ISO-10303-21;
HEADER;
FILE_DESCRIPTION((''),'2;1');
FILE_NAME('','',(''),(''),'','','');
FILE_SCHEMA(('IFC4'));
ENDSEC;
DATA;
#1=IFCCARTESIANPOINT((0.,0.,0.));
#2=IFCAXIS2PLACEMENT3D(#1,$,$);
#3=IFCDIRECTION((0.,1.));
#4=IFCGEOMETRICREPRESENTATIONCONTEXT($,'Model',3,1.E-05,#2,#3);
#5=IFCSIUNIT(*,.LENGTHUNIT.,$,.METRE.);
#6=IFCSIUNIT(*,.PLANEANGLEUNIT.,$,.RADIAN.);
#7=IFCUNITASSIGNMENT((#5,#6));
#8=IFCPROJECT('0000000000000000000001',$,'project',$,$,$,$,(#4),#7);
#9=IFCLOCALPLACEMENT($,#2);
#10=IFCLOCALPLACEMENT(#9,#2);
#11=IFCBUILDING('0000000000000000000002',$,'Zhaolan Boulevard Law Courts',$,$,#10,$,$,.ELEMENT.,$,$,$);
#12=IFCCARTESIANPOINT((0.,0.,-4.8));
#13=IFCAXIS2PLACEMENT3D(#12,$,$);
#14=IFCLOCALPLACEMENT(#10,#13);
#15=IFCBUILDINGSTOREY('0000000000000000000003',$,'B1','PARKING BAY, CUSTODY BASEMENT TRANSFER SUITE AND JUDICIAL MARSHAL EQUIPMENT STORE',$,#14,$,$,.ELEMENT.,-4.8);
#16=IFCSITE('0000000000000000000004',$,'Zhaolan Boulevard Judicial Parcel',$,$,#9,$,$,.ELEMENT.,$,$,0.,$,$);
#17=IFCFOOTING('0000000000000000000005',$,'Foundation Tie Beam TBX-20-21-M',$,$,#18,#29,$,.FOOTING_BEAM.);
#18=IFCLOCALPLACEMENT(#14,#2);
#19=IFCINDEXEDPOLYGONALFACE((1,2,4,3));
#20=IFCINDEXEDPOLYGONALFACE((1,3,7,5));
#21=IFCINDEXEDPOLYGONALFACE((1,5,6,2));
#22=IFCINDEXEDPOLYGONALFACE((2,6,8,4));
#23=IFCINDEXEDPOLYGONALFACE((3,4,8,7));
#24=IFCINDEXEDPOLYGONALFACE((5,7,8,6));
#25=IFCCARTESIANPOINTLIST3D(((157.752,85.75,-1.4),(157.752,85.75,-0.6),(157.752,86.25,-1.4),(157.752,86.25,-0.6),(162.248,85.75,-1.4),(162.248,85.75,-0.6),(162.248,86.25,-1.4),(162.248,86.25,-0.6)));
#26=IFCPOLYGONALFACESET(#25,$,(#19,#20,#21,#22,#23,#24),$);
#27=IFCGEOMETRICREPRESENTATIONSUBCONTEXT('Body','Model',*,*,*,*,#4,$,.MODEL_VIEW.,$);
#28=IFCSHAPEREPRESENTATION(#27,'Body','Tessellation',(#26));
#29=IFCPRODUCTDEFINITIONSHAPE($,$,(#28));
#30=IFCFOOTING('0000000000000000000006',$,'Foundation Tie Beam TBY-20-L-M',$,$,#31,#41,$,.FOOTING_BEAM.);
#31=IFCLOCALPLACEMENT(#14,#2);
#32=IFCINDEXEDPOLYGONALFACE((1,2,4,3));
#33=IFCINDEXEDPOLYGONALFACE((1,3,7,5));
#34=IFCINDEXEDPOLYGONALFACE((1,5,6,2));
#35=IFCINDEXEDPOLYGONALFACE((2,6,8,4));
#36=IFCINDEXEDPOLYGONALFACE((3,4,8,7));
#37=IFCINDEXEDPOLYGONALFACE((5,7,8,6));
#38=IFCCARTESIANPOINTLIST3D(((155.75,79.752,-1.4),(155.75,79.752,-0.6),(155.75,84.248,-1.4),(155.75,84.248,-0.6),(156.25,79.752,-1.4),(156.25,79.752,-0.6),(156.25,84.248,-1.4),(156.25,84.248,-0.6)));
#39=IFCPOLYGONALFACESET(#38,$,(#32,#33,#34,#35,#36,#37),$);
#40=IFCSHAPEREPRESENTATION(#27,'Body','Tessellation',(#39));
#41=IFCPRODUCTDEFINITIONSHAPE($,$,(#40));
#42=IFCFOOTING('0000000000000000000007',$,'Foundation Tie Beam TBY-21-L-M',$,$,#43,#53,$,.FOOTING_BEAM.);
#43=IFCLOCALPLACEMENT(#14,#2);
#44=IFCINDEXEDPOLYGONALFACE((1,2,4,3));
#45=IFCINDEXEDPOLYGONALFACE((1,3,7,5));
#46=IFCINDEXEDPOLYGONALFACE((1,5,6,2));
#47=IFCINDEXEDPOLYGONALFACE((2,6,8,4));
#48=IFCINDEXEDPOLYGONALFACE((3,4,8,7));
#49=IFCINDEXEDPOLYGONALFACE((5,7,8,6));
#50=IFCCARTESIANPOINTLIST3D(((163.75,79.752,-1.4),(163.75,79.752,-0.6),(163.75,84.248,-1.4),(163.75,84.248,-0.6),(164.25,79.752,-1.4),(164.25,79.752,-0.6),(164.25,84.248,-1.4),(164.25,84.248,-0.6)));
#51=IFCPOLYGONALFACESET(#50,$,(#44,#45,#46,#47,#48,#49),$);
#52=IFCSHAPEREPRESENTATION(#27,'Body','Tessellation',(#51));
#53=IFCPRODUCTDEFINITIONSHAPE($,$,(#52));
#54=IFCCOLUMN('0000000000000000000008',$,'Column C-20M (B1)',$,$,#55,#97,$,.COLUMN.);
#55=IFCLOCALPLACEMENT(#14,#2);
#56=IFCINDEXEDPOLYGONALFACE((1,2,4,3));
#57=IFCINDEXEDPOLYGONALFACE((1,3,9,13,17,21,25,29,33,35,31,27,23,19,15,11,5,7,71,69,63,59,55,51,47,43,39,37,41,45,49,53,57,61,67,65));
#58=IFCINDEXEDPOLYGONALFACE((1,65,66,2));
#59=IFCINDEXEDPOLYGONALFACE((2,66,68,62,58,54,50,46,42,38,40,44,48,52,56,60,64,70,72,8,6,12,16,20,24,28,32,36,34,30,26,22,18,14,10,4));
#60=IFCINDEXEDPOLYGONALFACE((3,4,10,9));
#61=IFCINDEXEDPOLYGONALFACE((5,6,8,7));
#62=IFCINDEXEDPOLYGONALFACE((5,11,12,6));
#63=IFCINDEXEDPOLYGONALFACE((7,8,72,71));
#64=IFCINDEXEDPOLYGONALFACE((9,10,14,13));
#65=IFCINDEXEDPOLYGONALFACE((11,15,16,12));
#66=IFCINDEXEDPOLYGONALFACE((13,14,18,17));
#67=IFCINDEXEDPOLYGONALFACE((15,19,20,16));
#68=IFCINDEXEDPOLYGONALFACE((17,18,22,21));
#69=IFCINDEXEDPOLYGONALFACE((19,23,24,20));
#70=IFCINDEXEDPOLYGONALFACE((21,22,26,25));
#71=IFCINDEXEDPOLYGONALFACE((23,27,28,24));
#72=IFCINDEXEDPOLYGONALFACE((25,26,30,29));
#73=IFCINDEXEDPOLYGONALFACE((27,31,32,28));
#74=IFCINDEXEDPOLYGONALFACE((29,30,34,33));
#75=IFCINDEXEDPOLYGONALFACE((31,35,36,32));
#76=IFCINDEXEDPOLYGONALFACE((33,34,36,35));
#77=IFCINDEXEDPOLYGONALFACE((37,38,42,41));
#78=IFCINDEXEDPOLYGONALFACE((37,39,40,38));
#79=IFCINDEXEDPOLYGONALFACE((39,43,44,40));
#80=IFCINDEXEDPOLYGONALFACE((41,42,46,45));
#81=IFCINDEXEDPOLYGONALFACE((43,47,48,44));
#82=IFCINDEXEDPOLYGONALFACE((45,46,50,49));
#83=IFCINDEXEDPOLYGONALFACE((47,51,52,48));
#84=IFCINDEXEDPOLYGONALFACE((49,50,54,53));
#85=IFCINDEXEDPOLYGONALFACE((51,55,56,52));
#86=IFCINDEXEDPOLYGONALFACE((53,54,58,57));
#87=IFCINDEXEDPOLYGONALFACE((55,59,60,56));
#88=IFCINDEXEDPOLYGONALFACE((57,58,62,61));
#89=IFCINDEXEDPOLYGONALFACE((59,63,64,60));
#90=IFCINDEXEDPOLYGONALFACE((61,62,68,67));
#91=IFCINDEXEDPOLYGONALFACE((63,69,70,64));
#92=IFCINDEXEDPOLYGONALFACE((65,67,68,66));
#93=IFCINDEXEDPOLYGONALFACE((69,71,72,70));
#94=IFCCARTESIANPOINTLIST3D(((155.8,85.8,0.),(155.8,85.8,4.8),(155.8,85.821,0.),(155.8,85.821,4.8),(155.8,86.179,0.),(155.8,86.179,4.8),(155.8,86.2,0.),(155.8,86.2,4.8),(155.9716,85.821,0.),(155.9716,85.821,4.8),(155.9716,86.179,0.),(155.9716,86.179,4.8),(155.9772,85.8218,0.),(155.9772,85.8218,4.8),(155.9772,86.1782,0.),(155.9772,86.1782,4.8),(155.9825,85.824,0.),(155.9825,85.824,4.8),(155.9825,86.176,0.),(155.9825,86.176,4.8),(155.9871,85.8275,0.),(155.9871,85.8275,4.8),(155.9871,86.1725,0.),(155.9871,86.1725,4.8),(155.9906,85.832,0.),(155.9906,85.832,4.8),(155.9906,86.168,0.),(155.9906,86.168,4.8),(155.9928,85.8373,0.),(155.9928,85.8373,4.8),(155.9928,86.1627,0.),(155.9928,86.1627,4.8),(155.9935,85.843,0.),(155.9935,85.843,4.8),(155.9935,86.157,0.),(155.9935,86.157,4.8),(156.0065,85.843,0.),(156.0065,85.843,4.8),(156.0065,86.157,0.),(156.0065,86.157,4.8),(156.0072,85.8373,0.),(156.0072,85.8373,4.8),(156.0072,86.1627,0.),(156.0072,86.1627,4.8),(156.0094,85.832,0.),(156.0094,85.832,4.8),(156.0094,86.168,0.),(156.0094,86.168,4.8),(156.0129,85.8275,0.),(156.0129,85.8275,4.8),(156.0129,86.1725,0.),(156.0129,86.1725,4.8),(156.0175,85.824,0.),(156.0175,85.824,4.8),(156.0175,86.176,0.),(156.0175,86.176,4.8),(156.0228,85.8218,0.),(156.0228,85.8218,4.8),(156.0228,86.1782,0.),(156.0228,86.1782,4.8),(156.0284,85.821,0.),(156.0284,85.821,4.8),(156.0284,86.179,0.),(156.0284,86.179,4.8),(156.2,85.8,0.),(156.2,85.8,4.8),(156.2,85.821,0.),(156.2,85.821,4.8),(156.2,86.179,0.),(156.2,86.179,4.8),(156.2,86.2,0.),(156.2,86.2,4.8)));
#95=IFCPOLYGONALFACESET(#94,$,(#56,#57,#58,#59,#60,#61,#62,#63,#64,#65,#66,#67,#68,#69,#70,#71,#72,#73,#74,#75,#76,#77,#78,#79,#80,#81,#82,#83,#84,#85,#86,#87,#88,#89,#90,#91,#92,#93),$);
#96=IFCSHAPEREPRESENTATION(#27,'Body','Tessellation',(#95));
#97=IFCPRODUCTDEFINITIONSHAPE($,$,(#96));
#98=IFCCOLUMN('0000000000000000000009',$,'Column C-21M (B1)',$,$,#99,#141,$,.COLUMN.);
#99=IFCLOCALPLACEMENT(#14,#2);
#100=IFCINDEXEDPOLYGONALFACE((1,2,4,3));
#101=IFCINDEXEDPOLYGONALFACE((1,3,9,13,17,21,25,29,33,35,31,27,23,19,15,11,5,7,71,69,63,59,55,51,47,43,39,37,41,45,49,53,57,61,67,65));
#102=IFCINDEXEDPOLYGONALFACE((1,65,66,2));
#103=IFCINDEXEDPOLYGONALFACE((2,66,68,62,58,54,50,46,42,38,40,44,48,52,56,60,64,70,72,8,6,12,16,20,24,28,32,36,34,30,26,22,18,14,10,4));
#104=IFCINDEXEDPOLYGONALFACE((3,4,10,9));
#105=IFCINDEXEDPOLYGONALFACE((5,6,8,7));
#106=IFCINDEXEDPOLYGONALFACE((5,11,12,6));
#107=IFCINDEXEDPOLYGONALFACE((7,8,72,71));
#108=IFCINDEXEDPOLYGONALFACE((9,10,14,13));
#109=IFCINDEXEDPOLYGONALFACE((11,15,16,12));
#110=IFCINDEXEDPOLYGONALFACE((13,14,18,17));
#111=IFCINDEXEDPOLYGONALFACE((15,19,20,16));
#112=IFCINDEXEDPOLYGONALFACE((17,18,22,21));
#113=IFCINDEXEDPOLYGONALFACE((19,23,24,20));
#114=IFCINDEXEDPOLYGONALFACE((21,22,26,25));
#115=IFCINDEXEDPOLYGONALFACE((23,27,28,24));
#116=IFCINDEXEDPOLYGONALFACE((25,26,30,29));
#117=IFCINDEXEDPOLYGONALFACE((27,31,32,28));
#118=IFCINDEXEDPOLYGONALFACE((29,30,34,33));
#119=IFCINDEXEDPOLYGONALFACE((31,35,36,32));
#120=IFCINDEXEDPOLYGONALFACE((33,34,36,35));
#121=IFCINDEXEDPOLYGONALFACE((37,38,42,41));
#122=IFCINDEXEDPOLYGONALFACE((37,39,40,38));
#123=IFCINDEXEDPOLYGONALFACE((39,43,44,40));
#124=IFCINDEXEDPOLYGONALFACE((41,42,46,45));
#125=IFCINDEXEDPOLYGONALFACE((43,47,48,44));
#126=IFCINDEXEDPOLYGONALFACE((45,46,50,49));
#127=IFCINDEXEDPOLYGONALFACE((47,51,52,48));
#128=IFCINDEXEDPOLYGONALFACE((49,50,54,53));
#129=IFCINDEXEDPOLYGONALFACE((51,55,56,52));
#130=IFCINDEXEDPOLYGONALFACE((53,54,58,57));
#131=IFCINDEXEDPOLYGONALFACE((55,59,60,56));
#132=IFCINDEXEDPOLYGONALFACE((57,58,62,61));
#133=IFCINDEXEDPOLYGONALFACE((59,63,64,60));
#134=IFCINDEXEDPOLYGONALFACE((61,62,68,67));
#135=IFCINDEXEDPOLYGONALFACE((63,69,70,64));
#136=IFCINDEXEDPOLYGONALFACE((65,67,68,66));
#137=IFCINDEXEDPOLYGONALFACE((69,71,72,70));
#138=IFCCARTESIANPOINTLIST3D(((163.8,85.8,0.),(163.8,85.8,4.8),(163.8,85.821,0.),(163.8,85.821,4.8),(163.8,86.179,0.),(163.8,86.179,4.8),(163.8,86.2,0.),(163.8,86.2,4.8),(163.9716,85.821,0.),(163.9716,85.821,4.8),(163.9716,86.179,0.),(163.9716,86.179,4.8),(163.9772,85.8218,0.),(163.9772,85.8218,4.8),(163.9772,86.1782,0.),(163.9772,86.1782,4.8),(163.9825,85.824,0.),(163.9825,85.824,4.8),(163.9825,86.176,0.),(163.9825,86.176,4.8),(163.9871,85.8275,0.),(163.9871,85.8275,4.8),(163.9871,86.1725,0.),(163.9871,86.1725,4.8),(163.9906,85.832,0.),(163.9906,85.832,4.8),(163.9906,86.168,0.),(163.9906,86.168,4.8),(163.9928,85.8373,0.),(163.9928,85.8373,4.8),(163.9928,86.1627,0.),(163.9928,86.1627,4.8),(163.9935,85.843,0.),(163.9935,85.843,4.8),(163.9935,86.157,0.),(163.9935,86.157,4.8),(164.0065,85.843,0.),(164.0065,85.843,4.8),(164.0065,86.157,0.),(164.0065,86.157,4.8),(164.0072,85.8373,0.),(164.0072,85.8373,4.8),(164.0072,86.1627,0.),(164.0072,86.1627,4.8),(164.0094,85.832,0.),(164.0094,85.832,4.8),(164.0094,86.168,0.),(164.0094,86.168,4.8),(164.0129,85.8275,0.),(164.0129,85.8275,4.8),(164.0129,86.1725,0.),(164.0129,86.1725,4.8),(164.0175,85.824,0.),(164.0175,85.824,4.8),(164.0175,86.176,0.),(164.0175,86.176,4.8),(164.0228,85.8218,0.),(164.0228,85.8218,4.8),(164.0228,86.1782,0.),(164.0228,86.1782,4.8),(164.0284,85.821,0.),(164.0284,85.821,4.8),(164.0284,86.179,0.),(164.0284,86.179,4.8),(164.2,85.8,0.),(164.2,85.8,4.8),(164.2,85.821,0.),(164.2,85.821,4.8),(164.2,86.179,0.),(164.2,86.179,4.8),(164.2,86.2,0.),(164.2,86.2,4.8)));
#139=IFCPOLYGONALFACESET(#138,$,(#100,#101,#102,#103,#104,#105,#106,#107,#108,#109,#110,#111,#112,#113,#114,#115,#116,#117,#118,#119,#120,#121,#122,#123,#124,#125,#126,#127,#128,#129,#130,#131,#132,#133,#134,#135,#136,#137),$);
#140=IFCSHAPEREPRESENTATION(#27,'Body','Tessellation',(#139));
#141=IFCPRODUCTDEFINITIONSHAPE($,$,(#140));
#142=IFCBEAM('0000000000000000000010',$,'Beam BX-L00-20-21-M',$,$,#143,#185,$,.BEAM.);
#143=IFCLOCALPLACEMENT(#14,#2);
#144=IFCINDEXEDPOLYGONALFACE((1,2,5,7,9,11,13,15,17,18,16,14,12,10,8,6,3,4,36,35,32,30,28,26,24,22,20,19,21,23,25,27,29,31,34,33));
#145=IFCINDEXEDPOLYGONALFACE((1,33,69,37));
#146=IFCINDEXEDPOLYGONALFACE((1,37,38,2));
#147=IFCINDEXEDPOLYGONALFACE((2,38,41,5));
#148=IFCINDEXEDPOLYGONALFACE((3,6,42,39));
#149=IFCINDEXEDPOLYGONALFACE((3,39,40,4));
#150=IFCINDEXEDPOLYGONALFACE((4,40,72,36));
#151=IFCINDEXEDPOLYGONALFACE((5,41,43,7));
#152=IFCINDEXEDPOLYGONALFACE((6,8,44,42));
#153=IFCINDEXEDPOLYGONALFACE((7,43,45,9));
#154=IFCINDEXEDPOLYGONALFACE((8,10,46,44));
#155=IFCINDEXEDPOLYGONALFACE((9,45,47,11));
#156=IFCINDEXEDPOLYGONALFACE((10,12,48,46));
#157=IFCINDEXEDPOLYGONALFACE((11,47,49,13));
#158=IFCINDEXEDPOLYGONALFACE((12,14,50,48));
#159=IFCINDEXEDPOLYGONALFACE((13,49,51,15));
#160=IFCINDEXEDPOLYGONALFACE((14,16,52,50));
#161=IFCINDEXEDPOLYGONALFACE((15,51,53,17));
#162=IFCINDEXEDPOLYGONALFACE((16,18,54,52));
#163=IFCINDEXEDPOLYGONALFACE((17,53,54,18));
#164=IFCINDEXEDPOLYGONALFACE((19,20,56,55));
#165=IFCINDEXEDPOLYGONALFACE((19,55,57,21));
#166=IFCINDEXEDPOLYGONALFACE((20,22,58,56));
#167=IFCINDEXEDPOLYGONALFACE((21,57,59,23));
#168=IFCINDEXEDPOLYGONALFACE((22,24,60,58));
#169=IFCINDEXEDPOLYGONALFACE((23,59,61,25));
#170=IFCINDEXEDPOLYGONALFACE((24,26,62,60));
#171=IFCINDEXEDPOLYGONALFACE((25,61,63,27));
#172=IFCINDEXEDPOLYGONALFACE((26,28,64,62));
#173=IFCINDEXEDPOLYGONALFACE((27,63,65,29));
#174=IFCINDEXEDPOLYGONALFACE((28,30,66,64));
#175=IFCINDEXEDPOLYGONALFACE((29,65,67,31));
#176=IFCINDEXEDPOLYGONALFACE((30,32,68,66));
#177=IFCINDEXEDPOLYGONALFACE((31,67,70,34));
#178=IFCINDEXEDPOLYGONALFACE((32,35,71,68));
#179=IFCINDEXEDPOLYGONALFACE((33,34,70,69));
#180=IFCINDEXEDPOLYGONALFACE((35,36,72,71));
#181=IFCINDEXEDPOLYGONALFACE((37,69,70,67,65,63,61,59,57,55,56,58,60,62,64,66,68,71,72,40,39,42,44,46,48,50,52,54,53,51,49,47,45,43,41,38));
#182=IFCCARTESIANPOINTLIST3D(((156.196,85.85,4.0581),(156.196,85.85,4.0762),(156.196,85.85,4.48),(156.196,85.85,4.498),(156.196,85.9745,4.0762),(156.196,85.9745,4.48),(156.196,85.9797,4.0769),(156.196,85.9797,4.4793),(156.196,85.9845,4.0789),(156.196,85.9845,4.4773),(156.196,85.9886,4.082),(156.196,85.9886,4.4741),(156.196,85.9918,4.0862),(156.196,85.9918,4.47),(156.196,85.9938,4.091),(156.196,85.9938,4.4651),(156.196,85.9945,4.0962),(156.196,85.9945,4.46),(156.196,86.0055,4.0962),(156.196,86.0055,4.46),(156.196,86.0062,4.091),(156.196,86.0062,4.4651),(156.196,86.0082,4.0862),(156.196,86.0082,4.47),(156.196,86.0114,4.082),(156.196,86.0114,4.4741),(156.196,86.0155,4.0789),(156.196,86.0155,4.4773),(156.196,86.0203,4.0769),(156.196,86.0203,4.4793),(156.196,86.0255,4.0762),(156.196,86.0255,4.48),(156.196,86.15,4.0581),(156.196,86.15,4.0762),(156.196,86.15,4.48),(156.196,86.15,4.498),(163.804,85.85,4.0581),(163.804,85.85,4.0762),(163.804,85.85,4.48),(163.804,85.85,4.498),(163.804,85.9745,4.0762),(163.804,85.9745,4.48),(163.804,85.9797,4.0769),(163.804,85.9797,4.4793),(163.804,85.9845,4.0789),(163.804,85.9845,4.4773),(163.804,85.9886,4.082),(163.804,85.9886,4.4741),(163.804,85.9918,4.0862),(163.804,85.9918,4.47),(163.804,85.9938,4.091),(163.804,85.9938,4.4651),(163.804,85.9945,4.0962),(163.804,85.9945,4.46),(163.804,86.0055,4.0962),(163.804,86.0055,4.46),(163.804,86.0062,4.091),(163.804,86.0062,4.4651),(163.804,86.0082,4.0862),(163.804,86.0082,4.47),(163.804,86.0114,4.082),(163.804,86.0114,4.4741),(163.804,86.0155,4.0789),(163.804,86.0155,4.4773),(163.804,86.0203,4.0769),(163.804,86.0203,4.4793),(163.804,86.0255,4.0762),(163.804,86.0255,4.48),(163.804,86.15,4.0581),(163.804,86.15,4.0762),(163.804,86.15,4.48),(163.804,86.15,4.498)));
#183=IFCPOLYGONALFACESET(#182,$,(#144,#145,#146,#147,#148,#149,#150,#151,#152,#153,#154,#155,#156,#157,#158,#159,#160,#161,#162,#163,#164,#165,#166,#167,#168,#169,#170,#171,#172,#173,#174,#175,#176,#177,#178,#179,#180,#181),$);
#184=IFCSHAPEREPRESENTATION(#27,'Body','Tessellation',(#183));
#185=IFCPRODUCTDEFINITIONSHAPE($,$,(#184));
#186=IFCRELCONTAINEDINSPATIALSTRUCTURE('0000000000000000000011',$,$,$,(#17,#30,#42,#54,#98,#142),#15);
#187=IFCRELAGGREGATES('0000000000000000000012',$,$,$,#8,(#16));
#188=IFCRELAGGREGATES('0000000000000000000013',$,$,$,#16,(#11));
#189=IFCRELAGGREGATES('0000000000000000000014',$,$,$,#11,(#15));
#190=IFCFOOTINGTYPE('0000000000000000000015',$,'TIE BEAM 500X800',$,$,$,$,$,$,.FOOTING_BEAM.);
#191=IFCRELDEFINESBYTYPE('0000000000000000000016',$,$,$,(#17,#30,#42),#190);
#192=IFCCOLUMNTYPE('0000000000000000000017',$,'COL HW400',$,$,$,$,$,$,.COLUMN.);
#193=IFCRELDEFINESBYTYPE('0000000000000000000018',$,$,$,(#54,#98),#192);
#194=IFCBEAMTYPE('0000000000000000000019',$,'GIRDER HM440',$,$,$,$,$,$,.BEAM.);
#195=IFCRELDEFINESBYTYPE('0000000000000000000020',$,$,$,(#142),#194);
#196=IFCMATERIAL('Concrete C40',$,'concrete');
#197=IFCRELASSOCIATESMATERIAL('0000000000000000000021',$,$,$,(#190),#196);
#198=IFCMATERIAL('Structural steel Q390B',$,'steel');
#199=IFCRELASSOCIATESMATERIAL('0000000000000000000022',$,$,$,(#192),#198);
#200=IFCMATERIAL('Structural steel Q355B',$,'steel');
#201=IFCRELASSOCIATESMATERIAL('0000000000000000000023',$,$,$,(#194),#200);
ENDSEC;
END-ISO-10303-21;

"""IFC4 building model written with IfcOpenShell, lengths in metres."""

from ifc_helpers import new_model, si_unit, direction, frame, origin, origin_2d, place, context, subcontext, project, spatial, rectangle, i_section, extrude, material, material_profile, profile_set, type_object, element, save


model = new_model("IFC4")

# Units and contexts
model_context = context("Model", 3, precision=1e-05, world=origin(), true_north=direction((0.0, 1.0)))
body_context = subcontext(model_context, "Body", "Model", "MODEL_VIEW")
ifc_project = project(units=[si_unit("LENGTHUNIT", "METRE"), si_unit("PLANEANGLEUNIT", "RADIAN")], contexts=[model_context])

# Site, building, storey
site_placement = place(None, origin())
site = spatial("IfcSite", under=ifc_project, at=site_placement, Name="Zhaolan Boulevard Judicial Parcel", CompositionType="ELEMENT", RefElevation=0.0)
building_placement = place(site_placement, origin())
building = spatial("IfcBuilding", under=site, at=building_placement, Name="Zhaolan Boulevard Law Courts", CompositionType="ELEMENT")
storey_placement = place(building_placement, frame((0.0, 0.0, -4.8)))
storey = spatial("IfcBuildingStorey", under=building, at=storey_placement, Name="B1", Description="PARKING BAY, CUSTODY BASEMENT TRANSFER SUITE AND JUDICIAL MARSHAL EQUIPMENT STORE", CompositionType="ELEMENT", Elevation=-4.8)

# Footings
ifc_material_1 = material(Name="Concrete C40", Category="concrete")
ifc_material_profile_1 = material_profile(ifc_material_1, rectangle(XDim=0.5, YDim=0.8, at=origin_2d()), Name="RC500x800")
ifc_profile_set_1 = profile_set([ifc_material_profile_1], Name="Concrete C40")
footing_type_1 = type_object("IfcFootingType", Name="TIE BEAM 500X800", PredefinedType="FOOTING_BEAM", material=ifc_profile_set_1)
for number, where, z_axis, x_axis, name in (
    (1, (157.752, 86.0, -1.0), (1.0, 0.0, 0.0), (0.0, 1.0, 0.0), "Foundation Tie Beam TBX-20-21-M"),
    (2, (156.0, 79.752, -1.0), (0.0, 1.0, 0.0), (-1.0, 0.0, 0.0), "Foundation Tie Beam TBY-20-L-M"),
    (3, (164.0, 79.752, -1.0), (0.0, 1.0, 0.0), (-1.0, 0.0, 0.0), "Foundation Tie Beam TBY-21-L-M"),
):
    element("IfcFooting", number, at=place(storey_placement, frame(where, z_axis=z_axis, x_axis=x_axis)), inside=storey, type_object=footing_type_1, Name=name, PredefinedType="FOOTING_BEAM", context=body_context, shape_type="SweptSolid", body=[
        extrude(rectangle(XDim=0.5, YDim=0.8, at=origin_2d()), origin(), (0.0, 0.0, 1.0), 4.4961),
    ])

# Columns
ifc_material_2 = material(Name="Structural steel Q390B", Category="steel")
ifc_material_profile_2 = material_profile(ifc_material_2, i_section(OverallWidth=0.3999, OverallDepth=0.3999, WebThickness=0.0129, FlangeThickness=0.021, FilletRadius=0.022, at=origin_2d()), Name="HW400x400")
ifc_profile_set_2 = profile_set([ifc_material_profile_2], Name="Structural steel Q390B")
column_type = type_object("IfcColumnType", Name="COL HW400", PredefinedType="COLUMN", material=ifc_profile_set_2)
for number, where, z_axis, x_axis, name in (
    (4, (156.0, 86.0, 0.0), (0.0, 0.0, 1.0), (1.0, 0.0, 0.0), "Column C-20M (B1)"),
    (5, (164.0, 86.0, 0.0), (0.0, 0.0, 1.0), (1.0, 0.0, 0.0), "Column C-21M (B1)"),
):
    element("IfcColumn", number, at=place(storey_placement, frame(where, z_axis=z_axis, x_axis=x_axis)), inside=storey, type_object=column_type, Name=name, PredefinedType="COLUMN", context=body_context, shape_type="SweptSolid", body=[
        extrude(i_section(OverallWidth=0.3999, OverallDepth=0.3999, WebThickness=0.0129, FlangeThickness=0.021, FilletRadius=0.022, at=origin_2d()), origin(), (0.0, 0.0, 1.0), 4.8),
    ])

# Beam
ifc_material_3 = material(Name="Structural steel Q355B", Category="steel")
ifc_material_profile_3 = material_profile(ifc_material_3, i_section(OverallWidth=0.3, OverallDepth=0.4399, WebThickness=0.011, FlangeThickness=0.0181, FilletRadius=0.02, at=origin_2d()), Name="HM440x300")
ifc_profile_set_3 = profile_set([ifc_material_profile_3], Name="Structural steel Q355B")
beam_type_1 = type_object("IfcBeamType", Name="GIRDER HM440", PredefinedType="BEAM", material=ifc_profile_set_3)
beam_1_placement = place(storey_placement, frame((156.196, 86.0, 4.2781), z_axis=(1.0, 0.0, 0.0), x_axis=(0.0, 1.0, 0.0)))
element("IfcBeam", 6, at=beam_1_placement, inside=storey, type_object=beam_type_1, Name="Beam BX-L00-20-21-M", PredefinedType="BEAM", context=body_context, shape_type="SweptSolid", body=[
    extrude(i_section(OverallWidth=0.3, OverallDepth=0.4399, WebThickness=0.011, FlangeThickness=0.0181, FilletRadius=0.02, at=origin_2d()), origin(), (0.0, 0.0, 1.0), 7.6079),
])

save(model, "model.ifc")
